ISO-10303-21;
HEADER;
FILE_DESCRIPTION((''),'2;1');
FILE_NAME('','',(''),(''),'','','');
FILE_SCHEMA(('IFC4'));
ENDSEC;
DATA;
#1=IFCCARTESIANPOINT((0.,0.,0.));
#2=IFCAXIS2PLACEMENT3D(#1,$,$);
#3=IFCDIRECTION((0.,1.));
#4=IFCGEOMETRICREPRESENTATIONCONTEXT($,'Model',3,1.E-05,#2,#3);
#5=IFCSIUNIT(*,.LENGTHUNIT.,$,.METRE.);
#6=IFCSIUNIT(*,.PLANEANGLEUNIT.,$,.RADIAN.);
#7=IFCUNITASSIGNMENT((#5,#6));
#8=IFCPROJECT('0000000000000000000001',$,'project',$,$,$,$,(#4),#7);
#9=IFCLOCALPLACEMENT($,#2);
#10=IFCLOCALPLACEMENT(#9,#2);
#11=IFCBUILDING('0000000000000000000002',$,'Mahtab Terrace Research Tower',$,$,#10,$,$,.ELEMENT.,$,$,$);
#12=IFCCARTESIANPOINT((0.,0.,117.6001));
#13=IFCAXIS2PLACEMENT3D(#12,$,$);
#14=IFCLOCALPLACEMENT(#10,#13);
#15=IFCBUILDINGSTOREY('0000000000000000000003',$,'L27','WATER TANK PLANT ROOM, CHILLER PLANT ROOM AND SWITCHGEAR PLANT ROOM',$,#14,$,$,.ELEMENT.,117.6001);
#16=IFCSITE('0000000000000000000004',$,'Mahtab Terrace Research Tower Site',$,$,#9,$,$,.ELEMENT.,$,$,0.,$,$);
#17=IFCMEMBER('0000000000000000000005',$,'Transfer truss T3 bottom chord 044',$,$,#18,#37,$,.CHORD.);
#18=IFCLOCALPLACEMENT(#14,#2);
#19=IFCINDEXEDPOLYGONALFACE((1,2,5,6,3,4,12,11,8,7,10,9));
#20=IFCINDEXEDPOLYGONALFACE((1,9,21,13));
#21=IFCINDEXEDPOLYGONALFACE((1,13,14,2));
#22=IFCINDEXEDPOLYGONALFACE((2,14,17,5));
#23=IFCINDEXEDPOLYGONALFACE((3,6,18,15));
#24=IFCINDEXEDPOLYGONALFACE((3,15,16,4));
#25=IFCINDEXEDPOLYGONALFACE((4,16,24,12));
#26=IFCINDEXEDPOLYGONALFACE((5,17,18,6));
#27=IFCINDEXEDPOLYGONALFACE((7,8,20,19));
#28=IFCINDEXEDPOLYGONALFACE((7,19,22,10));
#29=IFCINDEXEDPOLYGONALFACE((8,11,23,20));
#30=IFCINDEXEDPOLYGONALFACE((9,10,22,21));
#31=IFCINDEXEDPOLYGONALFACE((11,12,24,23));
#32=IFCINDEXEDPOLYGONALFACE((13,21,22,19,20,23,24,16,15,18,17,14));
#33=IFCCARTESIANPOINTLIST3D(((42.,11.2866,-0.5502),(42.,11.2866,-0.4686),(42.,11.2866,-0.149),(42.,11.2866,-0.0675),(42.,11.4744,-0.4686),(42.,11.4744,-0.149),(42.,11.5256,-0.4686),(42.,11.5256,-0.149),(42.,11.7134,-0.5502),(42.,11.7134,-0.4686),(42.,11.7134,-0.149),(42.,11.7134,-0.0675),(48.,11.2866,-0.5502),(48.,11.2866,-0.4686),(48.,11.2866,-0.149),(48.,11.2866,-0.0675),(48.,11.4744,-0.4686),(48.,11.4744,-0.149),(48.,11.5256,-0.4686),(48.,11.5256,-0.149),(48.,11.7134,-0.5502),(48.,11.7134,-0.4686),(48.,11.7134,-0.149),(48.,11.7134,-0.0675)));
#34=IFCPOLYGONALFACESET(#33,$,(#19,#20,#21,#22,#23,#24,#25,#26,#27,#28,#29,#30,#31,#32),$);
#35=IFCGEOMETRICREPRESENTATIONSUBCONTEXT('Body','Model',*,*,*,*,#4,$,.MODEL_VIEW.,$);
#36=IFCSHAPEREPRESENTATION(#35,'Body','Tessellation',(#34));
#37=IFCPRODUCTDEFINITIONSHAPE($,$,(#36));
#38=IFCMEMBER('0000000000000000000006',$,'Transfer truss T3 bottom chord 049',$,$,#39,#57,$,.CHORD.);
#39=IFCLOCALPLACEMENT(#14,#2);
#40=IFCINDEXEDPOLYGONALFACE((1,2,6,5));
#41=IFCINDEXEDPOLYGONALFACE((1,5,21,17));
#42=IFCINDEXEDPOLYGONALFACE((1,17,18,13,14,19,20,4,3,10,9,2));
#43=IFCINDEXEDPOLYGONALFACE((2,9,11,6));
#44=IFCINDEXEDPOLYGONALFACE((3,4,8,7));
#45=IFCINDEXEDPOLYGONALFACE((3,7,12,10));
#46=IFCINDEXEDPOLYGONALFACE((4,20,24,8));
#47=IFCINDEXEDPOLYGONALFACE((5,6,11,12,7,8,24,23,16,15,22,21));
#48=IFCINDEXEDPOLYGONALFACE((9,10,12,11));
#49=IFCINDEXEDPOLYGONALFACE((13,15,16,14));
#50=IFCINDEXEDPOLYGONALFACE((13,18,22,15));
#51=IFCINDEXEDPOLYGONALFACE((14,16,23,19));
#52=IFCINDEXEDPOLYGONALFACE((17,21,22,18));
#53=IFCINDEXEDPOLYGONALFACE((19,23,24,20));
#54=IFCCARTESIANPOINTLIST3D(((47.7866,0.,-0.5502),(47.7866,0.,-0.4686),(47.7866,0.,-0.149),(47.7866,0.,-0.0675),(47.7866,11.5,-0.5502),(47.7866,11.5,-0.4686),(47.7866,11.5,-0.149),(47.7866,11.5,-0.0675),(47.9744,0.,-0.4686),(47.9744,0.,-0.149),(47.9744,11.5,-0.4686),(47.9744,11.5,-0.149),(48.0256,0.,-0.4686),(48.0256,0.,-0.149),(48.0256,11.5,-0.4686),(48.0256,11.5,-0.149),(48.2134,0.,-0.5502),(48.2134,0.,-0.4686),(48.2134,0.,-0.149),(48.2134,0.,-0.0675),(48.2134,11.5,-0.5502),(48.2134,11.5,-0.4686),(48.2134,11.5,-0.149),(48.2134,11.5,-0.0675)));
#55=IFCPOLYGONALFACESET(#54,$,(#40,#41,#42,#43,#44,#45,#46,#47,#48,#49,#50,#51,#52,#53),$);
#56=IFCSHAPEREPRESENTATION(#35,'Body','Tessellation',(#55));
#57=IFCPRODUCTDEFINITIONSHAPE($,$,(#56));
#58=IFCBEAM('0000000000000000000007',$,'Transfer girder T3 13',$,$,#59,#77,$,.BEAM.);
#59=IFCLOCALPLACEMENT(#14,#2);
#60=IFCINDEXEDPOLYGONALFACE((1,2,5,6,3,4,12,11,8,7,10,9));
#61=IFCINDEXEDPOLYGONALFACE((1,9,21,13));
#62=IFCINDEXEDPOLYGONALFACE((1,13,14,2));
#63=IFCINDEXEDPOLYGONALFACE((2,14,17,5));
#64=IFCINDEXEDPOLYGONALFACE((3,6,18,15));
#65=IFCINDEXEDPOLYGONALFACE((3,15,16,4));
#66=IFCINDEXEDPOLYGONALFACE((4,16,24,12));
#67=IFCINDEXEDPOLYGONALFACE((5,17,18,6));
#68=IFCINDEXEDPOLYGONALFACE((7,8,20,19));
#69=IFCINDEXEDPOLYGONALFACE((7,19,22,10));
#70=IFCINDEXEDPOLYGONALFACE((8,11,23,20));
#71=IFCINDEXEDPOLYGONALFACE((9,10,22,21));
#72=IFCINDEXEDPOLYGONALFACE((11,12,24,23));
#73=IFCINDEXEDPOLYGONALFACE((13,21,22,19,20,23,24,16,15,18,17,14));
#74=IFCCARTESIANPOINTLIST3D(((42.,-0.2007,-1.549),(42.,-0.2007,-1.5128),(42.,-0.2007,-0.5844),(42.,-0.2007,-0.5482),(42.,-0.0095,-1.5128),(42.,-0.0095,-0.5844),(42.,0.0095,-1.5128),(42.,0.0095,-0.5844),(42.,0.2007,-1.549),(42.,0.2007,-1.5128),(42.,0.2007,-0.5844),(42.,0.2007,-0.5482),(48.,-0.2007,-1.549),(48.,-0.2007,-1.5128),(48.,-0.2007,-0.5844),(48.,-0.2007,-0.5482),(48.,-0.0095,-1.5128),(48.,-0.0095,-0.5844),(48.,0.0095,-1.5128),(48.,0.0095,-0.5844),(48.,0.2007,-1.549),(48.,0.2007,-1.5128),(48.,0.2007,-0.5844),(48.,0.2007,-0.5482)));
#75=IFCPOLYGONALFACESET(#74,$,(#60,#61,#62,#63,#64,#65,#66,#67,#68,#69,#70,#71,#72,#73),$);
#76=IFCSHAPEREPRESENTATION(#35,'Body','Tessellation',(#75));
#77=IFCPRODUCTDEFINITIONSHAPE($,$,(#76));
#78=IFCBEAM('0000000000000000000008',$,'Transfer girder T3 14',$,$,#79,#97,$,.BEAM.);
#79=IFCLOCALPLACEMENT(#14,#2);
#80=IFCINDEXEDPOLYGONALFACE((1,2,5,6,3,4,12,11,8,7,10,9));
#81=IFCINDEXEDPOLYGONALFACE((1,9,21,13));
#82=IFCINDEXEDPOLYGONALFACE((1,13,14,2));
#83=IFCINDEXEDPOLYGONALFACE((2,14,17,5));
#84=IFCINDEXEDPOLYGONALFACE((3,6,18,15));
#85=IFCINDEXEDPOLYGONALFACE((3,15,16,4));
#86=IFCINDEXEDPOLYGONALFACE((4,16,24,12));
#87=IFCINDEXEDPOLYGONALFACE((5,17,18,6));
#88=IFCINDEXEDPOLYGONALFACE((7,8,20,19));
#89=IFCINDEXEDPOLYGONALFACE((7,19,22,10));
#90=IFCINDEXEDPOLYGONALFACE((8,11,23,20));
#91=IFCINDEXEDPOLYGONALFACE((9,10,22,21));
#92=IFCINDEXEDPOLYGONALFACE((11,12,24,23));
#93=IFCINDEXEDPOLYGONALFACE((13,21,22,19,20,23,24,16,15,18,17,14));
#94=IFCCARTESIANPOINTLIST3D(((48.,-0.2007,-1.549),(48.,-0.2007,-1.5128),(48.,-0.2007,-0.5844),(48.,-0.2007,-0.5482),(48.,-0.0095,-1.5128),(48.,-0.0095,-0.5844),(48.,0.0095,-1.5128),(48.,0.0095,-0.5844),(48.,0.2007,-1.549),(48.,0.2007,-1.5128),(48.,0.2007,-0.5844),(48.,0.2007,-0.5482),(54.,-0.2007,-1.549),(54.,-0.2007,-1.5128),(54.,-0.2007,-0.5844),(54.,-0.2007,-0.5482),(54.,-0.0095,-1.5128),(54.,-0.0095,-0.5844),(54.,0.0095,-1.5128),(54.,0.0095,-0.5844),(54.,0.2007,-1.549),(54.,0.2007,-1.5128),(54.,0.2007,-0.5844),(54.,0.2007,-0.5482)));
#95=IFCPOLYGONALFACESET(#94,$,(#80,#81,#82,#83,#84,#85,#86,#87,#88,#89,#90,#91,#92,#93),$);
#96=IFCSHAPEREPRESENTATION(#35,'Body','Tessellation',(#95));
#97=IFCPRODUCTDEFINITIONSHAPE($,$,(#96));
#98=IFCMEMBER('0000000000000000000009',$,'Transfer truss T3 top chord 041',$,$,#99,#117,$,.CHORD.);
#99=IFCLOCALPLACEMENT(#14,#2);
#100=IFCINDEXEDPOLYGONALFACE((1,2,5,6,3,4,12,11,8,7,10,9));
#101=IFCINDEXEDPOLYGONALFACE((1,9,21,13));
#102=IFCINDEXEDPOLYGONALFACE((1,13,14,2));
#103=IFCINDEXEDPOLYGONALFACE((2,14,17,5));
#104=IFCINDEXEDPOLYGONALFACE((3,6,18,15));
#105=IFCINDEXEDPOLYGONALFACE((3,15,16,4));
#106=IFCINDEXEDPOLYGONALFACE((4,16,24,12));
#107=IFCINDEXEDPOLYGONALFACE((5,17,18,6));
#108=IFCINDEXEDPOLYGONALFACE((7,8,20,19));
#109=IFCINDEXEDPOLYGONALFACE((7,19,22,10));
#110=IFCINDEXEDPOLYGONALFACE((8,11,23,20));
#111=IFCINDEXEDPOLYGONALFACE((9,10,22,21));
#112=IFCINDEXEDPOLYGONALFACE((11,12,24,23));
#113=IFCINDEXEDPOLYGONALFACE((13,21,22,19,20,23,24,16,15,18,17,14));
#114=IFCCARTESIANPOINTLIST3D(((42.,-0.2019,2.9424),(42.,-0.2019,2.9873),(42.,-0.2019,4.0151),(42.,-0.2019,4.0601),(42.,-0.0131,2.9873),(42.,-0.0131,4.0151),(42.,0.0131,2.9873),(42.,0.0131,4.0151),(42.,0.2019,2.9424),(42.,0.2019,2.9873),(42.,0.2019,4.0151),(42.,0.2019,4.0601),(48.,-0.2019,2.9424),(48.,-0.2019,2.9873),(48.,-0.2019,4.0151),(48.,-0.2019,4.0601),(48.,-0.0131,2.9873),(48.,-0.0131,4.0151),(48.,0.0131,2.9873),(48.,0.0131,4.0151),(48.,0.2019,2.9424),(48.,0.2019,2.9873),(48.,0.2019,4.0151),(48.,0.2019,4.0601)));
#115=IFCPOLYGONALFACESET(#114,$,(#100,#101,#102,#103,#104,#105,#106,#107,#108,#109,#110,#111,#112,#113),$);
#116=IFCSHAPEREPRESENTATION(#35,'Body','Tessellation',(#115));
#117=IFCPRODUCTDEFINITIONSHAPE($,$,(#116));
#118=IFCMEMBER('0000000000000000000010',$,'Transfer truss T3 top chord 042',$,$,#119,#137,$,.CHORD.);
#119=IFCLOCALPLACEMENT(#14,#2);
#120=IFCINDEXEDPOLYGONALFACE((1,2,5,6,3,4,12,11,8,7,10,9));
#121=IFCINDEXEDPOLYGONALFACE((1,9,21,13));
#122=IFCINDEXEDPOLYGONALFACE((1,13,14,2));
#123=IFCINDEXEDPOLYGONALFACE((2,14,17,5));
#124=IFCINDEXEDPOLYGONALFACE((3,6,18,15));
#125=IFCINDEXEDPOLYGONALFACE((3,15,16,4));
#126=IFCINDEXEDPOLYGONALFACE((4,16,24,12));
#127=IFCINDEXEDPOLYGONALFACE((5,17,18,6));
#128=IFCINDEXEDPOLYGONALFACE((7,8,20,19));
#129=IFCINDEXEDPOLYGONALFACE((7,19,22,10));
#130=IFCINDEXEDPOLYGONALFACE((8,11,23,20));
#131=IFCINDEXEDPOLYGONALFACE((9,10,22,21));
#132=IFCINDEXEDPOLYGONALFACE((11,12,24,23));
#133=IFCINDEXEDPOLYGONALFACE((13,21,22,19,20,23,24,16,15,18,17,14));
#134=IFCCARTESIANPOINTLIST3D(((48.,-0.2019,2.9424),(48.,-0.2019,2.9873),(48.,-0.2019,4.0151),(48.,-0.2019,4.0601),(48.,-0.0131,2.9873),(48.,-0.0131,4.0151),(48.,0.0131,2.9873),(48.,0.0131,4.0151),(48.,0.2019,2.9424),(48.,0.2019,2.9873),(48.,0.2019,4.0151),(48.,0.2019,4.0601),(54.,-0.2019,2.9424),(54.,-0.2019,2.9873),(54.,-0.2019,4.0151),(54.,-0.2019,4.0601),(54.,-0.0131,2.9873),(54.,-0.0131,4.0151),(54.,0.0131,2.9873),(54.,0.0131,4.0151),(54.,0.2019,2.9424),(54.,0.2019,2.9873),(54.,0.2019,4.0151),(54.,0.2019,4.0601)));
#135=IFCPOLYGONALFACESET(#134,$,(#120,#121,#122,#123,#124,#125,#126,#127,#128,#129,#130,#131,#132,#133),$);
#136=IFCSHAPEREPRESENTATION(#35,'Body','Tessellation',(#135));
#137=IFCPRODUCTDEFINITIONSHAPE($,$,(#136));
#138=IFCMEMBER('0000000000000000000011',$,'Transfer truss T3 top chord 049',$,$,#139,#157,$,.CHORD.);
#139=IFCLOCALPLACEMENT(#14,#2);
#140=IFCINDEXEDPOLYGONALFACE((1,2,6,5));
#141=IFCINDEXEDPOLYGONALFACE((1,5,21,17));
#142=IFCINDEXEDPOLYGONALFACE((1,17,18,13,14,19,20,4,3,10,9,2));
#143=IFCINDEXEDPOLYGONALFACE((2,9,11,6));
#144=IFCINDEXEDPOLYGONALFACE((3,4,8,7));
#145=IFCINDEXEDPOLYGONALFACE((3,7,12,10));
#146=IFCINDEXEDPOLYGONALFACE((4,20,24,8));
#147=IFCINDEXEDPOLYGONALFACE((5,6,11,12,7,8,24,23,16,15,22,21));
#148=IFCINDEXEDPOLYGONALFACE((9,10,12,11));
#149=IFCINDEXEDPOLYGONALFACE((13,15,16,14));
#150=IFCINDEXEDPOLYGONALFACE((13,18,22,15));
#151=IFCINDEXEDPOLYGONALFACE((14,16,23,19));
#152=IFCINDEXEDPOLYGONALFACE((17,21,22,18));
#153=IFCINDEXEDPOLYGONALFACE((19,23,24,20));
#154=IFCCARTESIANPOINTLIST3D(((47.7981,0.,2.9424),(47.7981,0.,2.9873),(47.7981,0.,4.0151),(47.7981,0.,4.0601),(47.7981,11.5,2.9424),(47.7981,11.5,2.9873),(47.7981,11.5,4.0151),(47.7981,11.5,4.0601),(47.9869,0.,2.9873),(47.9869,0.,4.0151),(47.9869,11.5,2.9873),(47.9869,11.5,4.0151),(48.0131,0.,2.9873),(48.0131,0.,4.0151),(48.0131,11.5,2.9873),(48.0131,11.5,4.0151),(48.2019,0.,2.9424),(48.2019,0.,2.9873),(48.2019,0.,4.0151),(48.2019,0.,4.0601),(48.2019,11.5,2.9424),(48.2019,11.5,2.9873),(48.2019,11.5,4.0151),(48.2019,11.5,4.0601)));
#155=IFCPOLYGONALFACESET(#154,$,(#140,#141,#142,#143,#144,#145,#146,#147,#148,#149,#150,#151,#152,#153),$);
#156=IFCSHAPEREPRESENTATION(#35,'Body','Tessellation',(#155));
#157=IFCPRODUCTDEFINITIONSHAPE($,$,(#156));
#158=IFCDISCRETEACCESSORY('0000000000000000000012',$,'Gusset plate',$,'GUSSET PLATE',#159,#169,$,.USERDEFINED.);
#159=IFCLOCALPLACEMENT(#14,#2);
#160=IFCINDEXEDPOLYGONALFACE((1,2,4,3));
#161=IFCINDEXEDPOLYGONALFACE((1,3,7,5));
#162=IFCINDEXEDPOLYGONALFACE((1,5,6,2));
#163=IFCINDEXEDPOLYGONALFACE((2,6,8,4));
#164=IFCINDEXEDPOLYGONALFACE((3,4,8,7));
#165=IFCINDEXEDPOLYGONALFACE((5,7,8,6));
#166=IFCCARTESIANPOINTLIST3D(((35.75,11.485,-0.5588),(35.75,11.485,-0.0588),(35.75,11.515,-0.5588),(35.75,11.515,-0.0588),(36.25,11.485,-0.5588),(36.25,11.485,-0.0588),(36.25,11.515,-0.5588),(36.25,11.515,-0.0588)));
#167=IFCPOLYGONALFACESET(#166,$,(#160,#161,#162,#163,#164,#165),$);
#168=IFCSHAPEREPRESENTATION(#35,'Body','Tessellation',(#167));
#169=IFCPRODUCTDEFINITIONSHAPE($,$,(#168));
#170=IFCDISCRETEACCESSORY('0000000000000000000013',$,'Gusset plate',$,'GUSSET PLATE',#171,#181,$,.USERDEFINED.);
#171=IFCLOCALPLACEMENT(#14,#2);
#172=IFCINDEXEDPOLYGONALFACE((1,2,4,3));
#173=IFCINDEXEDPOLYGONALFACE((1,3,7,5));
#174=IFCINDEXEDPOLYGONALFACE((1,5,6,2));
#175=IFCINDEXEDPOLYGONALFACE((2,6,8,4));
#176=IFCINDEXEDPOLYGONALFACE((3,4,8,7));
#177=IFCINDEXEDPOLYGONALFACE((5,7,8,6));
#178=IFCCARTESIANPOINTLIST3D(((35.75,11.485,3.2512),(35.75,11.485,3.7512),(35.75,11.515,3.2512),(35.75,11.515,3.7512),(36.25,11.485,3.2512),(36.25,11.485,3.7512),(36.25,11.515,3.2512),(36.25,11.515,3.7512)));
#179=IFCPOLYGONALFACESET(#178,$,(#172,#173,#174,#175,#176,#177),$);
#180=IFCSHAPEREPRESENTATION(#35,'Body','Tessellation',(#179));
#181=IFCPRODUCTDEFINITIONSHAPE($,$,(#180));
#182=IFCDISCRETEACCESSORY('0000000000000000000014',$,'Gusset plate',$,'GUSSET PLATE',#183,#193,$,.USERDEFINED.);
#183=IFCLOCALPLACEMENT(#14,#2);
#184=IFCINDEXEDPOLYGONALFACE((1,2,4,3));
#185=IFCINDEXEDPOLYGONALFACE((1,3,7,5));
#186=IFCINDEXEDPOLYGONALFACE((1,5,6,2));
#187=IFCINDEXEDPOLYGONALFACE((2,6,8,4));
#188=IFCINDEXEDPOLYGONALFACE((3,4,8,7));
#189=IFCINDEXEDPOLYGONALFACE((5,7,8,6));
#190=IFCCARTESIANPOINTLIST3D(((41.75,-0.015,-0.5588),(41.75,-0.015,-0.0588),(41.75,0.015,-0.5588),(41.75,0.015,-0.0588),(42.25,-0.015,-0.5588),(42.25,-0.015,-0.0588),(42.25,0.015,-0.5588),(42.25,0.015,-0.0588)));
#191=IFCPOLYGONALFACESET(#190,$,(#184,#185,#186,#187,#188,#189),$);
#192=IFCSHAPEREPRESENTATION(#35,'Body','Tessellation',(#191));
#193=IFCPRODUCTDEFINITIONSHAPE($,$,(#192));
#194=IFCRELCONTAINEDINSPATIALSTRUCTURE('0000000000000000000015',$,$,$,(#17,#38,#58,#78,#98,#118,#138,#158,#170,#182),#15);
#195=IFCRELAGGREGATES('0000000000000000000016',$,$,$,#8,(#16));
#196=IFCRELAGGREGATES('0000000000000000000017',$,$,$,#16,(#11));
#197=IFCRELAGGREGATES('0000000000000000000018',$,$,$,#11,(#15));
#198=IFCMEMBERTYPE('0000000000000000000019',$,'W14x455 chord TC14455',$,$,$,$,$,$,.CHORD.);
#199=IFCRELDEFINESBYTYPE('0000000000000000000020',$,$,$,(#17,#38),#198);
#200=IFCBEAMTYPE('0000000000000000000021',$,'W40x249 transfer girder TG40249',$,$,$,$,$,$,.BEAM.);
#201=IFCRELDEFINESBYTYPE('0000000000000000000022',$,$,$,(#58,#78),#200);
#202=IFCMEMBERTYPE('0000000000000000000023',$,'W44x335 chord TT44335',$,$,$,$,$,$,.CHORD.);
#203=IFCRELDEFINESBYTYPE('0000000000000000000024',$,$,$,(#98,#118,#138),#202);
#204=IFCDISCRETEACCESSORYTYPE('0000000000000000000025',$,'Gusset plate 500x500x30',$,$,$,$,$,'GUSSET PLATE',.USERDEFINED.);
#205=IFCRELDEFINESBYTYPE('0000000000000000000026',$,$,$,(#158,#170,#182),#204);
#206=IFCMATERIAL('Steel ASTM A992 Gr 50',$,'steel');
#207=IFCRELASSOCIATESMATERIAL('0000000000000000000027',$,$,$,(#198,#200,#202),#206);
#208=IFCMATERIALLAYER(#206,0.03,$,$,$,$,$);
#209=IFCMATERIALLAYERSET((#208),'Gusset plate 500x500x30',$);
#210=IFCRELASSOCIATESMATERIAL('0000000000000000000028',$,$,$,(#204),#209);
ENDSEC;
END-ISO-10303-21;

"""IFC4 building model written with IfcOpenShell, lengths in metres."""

from ifc_helpers import new_model, si_unit, direction, frame, origin, origin_2d, place, context, subcontext, project, spatial, rectangle, i_section, extrude, material, layer, layer_set, material_profile, profile_set, type_object, element, save


model = new_model("IFC4")

# Units and contexts
model_context = context("Model", 3, precision=1e-05, world=origin(), true_north=direction((0.0, 1.0)))
body_context = subcontext(model_context, "Body", "Model", "MODEL_VIEW")
ifc_project = project(units=[si_unit("LENGTHUNIT", "METRE"), si_unit("PLANEANGLEUNIT", "RADIAN")], contexts=[model_context])

# Site, building, storey
site_placement = place(None, origin())
site = spatial("IfcSite", under=ifc_project, at=site_placement, Name="Mahtab Terrace Research Tower Site", CompositionType="ELEMENT", RefElevation=0.0)
building_placement = place(site_placement, origin())
building = spatial("IfcBuilding", under=site, at=building_placement, Name="Mahtab Terrace Research Tower", CompositionType="ELEMENT")
storey_placement = place(building_placement, frame((0.0, 0.0, 117.6001)))
storey = spatial("IfcBuildingStorey", under=building, at=storey_placement, Name="L27", Description="WATER TANK PLANT ROOM, CHILLER PLANT ROOM AND SWITCHGEAR PLANT ROOM", CompositionType="ELEMENT", Elevation=117.6001)

# Shared definitions
ifc_material_1 = material(Name="Steel ASTM A992 Gr 50", Category="steel")

# Members
ifc_material_profile_1 = material_profile(ifc_material_1, i_section(OverallWidth=0.4268, OverallDepth=0.4827, WebThickness=0.0513, FlangeThickness=0.0815, at=origin_2d()), Name="W14X455")
ifc_profile_set_1 = profile_set([ifc_material_profile_1], Name="Steel ASTM A992 Gr 50")
member_type_1 = type_object("IfcMemberType", Name="W14x455 chord TC14455", PredefinedType="CHORD", material=ifc_profile_set_1)
for number, where, z_axis, x_axis, name in (
    (1, (42.0, 11.5, -0.3088), (1.0, 0.0, 0.0), (0.0, 1.0, 0.0), "Transfer truss T3 bottom chord 044"),
):
    element("IfcMember", number, at=place(storey_placement, frame(where, z_axis=z_axis, x_axis=x_axis)), inside=storey, type_object=member_type_1, Name=name, PredefinedType="CHORD", context=body_context, shape_type="SweptSolid", body=[
        extrude(i_section(OverallWidth=0.4268, OverallDepth=0.4827, WebThickness=0.0513, FlangeThickness=0.0815, at=origin_2d()), origin(), (0.0, 0.0, 1.0), 6.0),
    ])
member_1_placement = place(storey_placement, frame((48.0, 0.0, -0.3088), z_axis=(0.0, 1.0, 0.0), x_axis=(-1.0, 0.0, 0.0)))
element("IfcMember", 2, at=member_1_placement, inside=storey, type_object=member_type_1, Name="Transfer truss T3 bottom chord 049", PredefinedType="CHORD", context=body_context, shape_type="SweptSolid", body=[
    extrude(i_section(OverallWidth=0.4268, OverallDepth=0.4827, WebThickness=0.0513, FlangeThickness=0.0815, at=origin_2d()), origin(), (0.0, 0.0, 1.0), 11.5),
])

# Beams
ifc_material_profile_2 = material_profile(ifc_material_1, i_section(OverallWidth=0.4014, OverallDepth=1.0007, WebThickness=0.019, FlangeThickness=0.0361, at=origin_2d()), Name="W40X249")
ifc_profile_set_2 = profile_set([ifc_material_profile_2], Name="Steel ASTM A992 Gr 50")
beam_type = type_object("IfcBeamType", Name="W40x249 transfer girder TG40249", PredefinedType="BEAM", material=ifc_profile_set_2)
for number, where, z_axis, x_axis, name in (
    (3, (42.0, 0.0, -1.0486), (1.0, 0.0, 0.0), (0.0, 1.0, 0.0), "Transfer girder T3 13"),
    (4, (48.0, 0.0, -1.0486), (1.0, 0.0, 0.0), (0.0, 1.0, 0.0), "Transfer girder T3 14"),
):
    element("IfcBeam", number, at=place(storey_placement, frame(where, z_axis=z_axis, x_axis=x_axis)), inside=storey, type_object=beam_type, Name=name, PredefinedType="BEAM", context=body_context, shape_type="SweptSolid", body=[
        extrude(i_section(OverallWidth=0.4014, OverallDepth=1.0007, WebThickness=0.019, FlangeThickness=0.0361, at=origin_2d()), origin(), (0.0, 0.0, 1.0), 6.0),
    ])

# Members
ifc_material_profile_3 = material_profile(ifc_material_1, i_section(OverallWidth=0.4038, OverallDepth=1.1177, WebThickness=0.0261, FlangeThickness=0.0449, at=origin_2d()), Name="W44X335")
ifc_profile_set_3 = profile_set([ifc_material_profile_3], Name="Steel ASTM A992 Gr 50")
member_type_2 = type_object("IfcMemberType", Name="W44x335 chord TT44335", PredefinedType="CHORD", material=ifc_profile_set_3)
for number, where, z_axis, x_axis, name in (
    (5, (42.0, 0.0, 3.5012), (1.0, 0.0, 0.0), (0.0, 1.0, 0.0), "Transfer truss T3 top chord 041"),
    (6, (48.0, 0.0, 3.5012), (1.0, 0.0, 0.0), (0.0, 1.0, 0.0), "Transfer truss T3 top chord 042"),
):
    element("IfcMember", number, at=place(storey_placement, frame(where, z_axis=z_axis, x_axis=x_axis)), inside=storey, type_object=member_type_2, Name=name, PredefinedType="CHORD", context=body_context, shape_type="SweptSolid", body=[
        extrude(i_section(OverallWidth=0.4038, OverallDepth=1.1177, WebThickness=0.0261, FlangeThickness=0.0449, at=origin_2d()), origin(), (0.0, 0.0, 1.0), 6.0),
    ])
member_2_placement = place(storey_placement, frame((48.0, 0.0, 3.5012), z_axis=(0.0, 1.0, 0.0), x_axis=(-1.0, 0.0, 0.0)))
element("IfcMember", 7, at=member_2_placement, inside=storey, type_object=member_type_2, Name="Transfer truss T3 top chord 049", PredefinedType="CHORD", context=body_context, shape_type="SweptSolid", body=[
    extrude(i_section(OverallWidth=0.4038, OverallDepth=1.1177, WebThickness=0.0261, FlangeThickness=0.0449, at=origin_2d()), origin(), (0.0, 0.0, 1.0), 11.5),
])

# Discrete accessories
ifc_layer = layer(ifc_material_1, 0.03)
ifc_layer_set = layer_set([ifc_layer], Name="Gusset plate 500x500x30")
discrete_accessory_type = type_object("IfcDiscreteAccessoryType", Name="Gusset plate 500x500x30", ElementType="GUSSET PLATE", PredefinedType="USERDEFINED", material=ifc_layer_set)
for number, where, z_axis, x_axis, name in (
    (8, (36.0, 11.5, -0.5588), (0.0, 0.0, 1.0), (1.0, 0.0, 0.0), "Gusset plate"),
    (9, (36.0, 11.5, 3.2512), (0.0, 0.0, 1.0), (1.0, 0.0, 0.0), "Gusset plate"),
    (10, (42.0, 0.0, -0.5588), (0.0, 0.0, 1.0), (1.0, 0.0, 0.0), "Gusset plate"),
):
    element("IfcDiscreteAccessory", number, at=place(storey_placement, frame(where, z_axis=z_axis, x_axis=x_axis)), inside=storey, type_object=discrete_accessory_type, Name=name, ObjectType="GUSSET PLATE", PredefinedType="USERDEFINED", context=body_context, shape_type="SweptSolid", body=[
        extrude(rectangle(XDim=0.5, YDim=0.03, at=origin_2d()), origin(), (0.0, 0.0, 1.0), 0.5),
    ])

save(model, "model.ifc")
